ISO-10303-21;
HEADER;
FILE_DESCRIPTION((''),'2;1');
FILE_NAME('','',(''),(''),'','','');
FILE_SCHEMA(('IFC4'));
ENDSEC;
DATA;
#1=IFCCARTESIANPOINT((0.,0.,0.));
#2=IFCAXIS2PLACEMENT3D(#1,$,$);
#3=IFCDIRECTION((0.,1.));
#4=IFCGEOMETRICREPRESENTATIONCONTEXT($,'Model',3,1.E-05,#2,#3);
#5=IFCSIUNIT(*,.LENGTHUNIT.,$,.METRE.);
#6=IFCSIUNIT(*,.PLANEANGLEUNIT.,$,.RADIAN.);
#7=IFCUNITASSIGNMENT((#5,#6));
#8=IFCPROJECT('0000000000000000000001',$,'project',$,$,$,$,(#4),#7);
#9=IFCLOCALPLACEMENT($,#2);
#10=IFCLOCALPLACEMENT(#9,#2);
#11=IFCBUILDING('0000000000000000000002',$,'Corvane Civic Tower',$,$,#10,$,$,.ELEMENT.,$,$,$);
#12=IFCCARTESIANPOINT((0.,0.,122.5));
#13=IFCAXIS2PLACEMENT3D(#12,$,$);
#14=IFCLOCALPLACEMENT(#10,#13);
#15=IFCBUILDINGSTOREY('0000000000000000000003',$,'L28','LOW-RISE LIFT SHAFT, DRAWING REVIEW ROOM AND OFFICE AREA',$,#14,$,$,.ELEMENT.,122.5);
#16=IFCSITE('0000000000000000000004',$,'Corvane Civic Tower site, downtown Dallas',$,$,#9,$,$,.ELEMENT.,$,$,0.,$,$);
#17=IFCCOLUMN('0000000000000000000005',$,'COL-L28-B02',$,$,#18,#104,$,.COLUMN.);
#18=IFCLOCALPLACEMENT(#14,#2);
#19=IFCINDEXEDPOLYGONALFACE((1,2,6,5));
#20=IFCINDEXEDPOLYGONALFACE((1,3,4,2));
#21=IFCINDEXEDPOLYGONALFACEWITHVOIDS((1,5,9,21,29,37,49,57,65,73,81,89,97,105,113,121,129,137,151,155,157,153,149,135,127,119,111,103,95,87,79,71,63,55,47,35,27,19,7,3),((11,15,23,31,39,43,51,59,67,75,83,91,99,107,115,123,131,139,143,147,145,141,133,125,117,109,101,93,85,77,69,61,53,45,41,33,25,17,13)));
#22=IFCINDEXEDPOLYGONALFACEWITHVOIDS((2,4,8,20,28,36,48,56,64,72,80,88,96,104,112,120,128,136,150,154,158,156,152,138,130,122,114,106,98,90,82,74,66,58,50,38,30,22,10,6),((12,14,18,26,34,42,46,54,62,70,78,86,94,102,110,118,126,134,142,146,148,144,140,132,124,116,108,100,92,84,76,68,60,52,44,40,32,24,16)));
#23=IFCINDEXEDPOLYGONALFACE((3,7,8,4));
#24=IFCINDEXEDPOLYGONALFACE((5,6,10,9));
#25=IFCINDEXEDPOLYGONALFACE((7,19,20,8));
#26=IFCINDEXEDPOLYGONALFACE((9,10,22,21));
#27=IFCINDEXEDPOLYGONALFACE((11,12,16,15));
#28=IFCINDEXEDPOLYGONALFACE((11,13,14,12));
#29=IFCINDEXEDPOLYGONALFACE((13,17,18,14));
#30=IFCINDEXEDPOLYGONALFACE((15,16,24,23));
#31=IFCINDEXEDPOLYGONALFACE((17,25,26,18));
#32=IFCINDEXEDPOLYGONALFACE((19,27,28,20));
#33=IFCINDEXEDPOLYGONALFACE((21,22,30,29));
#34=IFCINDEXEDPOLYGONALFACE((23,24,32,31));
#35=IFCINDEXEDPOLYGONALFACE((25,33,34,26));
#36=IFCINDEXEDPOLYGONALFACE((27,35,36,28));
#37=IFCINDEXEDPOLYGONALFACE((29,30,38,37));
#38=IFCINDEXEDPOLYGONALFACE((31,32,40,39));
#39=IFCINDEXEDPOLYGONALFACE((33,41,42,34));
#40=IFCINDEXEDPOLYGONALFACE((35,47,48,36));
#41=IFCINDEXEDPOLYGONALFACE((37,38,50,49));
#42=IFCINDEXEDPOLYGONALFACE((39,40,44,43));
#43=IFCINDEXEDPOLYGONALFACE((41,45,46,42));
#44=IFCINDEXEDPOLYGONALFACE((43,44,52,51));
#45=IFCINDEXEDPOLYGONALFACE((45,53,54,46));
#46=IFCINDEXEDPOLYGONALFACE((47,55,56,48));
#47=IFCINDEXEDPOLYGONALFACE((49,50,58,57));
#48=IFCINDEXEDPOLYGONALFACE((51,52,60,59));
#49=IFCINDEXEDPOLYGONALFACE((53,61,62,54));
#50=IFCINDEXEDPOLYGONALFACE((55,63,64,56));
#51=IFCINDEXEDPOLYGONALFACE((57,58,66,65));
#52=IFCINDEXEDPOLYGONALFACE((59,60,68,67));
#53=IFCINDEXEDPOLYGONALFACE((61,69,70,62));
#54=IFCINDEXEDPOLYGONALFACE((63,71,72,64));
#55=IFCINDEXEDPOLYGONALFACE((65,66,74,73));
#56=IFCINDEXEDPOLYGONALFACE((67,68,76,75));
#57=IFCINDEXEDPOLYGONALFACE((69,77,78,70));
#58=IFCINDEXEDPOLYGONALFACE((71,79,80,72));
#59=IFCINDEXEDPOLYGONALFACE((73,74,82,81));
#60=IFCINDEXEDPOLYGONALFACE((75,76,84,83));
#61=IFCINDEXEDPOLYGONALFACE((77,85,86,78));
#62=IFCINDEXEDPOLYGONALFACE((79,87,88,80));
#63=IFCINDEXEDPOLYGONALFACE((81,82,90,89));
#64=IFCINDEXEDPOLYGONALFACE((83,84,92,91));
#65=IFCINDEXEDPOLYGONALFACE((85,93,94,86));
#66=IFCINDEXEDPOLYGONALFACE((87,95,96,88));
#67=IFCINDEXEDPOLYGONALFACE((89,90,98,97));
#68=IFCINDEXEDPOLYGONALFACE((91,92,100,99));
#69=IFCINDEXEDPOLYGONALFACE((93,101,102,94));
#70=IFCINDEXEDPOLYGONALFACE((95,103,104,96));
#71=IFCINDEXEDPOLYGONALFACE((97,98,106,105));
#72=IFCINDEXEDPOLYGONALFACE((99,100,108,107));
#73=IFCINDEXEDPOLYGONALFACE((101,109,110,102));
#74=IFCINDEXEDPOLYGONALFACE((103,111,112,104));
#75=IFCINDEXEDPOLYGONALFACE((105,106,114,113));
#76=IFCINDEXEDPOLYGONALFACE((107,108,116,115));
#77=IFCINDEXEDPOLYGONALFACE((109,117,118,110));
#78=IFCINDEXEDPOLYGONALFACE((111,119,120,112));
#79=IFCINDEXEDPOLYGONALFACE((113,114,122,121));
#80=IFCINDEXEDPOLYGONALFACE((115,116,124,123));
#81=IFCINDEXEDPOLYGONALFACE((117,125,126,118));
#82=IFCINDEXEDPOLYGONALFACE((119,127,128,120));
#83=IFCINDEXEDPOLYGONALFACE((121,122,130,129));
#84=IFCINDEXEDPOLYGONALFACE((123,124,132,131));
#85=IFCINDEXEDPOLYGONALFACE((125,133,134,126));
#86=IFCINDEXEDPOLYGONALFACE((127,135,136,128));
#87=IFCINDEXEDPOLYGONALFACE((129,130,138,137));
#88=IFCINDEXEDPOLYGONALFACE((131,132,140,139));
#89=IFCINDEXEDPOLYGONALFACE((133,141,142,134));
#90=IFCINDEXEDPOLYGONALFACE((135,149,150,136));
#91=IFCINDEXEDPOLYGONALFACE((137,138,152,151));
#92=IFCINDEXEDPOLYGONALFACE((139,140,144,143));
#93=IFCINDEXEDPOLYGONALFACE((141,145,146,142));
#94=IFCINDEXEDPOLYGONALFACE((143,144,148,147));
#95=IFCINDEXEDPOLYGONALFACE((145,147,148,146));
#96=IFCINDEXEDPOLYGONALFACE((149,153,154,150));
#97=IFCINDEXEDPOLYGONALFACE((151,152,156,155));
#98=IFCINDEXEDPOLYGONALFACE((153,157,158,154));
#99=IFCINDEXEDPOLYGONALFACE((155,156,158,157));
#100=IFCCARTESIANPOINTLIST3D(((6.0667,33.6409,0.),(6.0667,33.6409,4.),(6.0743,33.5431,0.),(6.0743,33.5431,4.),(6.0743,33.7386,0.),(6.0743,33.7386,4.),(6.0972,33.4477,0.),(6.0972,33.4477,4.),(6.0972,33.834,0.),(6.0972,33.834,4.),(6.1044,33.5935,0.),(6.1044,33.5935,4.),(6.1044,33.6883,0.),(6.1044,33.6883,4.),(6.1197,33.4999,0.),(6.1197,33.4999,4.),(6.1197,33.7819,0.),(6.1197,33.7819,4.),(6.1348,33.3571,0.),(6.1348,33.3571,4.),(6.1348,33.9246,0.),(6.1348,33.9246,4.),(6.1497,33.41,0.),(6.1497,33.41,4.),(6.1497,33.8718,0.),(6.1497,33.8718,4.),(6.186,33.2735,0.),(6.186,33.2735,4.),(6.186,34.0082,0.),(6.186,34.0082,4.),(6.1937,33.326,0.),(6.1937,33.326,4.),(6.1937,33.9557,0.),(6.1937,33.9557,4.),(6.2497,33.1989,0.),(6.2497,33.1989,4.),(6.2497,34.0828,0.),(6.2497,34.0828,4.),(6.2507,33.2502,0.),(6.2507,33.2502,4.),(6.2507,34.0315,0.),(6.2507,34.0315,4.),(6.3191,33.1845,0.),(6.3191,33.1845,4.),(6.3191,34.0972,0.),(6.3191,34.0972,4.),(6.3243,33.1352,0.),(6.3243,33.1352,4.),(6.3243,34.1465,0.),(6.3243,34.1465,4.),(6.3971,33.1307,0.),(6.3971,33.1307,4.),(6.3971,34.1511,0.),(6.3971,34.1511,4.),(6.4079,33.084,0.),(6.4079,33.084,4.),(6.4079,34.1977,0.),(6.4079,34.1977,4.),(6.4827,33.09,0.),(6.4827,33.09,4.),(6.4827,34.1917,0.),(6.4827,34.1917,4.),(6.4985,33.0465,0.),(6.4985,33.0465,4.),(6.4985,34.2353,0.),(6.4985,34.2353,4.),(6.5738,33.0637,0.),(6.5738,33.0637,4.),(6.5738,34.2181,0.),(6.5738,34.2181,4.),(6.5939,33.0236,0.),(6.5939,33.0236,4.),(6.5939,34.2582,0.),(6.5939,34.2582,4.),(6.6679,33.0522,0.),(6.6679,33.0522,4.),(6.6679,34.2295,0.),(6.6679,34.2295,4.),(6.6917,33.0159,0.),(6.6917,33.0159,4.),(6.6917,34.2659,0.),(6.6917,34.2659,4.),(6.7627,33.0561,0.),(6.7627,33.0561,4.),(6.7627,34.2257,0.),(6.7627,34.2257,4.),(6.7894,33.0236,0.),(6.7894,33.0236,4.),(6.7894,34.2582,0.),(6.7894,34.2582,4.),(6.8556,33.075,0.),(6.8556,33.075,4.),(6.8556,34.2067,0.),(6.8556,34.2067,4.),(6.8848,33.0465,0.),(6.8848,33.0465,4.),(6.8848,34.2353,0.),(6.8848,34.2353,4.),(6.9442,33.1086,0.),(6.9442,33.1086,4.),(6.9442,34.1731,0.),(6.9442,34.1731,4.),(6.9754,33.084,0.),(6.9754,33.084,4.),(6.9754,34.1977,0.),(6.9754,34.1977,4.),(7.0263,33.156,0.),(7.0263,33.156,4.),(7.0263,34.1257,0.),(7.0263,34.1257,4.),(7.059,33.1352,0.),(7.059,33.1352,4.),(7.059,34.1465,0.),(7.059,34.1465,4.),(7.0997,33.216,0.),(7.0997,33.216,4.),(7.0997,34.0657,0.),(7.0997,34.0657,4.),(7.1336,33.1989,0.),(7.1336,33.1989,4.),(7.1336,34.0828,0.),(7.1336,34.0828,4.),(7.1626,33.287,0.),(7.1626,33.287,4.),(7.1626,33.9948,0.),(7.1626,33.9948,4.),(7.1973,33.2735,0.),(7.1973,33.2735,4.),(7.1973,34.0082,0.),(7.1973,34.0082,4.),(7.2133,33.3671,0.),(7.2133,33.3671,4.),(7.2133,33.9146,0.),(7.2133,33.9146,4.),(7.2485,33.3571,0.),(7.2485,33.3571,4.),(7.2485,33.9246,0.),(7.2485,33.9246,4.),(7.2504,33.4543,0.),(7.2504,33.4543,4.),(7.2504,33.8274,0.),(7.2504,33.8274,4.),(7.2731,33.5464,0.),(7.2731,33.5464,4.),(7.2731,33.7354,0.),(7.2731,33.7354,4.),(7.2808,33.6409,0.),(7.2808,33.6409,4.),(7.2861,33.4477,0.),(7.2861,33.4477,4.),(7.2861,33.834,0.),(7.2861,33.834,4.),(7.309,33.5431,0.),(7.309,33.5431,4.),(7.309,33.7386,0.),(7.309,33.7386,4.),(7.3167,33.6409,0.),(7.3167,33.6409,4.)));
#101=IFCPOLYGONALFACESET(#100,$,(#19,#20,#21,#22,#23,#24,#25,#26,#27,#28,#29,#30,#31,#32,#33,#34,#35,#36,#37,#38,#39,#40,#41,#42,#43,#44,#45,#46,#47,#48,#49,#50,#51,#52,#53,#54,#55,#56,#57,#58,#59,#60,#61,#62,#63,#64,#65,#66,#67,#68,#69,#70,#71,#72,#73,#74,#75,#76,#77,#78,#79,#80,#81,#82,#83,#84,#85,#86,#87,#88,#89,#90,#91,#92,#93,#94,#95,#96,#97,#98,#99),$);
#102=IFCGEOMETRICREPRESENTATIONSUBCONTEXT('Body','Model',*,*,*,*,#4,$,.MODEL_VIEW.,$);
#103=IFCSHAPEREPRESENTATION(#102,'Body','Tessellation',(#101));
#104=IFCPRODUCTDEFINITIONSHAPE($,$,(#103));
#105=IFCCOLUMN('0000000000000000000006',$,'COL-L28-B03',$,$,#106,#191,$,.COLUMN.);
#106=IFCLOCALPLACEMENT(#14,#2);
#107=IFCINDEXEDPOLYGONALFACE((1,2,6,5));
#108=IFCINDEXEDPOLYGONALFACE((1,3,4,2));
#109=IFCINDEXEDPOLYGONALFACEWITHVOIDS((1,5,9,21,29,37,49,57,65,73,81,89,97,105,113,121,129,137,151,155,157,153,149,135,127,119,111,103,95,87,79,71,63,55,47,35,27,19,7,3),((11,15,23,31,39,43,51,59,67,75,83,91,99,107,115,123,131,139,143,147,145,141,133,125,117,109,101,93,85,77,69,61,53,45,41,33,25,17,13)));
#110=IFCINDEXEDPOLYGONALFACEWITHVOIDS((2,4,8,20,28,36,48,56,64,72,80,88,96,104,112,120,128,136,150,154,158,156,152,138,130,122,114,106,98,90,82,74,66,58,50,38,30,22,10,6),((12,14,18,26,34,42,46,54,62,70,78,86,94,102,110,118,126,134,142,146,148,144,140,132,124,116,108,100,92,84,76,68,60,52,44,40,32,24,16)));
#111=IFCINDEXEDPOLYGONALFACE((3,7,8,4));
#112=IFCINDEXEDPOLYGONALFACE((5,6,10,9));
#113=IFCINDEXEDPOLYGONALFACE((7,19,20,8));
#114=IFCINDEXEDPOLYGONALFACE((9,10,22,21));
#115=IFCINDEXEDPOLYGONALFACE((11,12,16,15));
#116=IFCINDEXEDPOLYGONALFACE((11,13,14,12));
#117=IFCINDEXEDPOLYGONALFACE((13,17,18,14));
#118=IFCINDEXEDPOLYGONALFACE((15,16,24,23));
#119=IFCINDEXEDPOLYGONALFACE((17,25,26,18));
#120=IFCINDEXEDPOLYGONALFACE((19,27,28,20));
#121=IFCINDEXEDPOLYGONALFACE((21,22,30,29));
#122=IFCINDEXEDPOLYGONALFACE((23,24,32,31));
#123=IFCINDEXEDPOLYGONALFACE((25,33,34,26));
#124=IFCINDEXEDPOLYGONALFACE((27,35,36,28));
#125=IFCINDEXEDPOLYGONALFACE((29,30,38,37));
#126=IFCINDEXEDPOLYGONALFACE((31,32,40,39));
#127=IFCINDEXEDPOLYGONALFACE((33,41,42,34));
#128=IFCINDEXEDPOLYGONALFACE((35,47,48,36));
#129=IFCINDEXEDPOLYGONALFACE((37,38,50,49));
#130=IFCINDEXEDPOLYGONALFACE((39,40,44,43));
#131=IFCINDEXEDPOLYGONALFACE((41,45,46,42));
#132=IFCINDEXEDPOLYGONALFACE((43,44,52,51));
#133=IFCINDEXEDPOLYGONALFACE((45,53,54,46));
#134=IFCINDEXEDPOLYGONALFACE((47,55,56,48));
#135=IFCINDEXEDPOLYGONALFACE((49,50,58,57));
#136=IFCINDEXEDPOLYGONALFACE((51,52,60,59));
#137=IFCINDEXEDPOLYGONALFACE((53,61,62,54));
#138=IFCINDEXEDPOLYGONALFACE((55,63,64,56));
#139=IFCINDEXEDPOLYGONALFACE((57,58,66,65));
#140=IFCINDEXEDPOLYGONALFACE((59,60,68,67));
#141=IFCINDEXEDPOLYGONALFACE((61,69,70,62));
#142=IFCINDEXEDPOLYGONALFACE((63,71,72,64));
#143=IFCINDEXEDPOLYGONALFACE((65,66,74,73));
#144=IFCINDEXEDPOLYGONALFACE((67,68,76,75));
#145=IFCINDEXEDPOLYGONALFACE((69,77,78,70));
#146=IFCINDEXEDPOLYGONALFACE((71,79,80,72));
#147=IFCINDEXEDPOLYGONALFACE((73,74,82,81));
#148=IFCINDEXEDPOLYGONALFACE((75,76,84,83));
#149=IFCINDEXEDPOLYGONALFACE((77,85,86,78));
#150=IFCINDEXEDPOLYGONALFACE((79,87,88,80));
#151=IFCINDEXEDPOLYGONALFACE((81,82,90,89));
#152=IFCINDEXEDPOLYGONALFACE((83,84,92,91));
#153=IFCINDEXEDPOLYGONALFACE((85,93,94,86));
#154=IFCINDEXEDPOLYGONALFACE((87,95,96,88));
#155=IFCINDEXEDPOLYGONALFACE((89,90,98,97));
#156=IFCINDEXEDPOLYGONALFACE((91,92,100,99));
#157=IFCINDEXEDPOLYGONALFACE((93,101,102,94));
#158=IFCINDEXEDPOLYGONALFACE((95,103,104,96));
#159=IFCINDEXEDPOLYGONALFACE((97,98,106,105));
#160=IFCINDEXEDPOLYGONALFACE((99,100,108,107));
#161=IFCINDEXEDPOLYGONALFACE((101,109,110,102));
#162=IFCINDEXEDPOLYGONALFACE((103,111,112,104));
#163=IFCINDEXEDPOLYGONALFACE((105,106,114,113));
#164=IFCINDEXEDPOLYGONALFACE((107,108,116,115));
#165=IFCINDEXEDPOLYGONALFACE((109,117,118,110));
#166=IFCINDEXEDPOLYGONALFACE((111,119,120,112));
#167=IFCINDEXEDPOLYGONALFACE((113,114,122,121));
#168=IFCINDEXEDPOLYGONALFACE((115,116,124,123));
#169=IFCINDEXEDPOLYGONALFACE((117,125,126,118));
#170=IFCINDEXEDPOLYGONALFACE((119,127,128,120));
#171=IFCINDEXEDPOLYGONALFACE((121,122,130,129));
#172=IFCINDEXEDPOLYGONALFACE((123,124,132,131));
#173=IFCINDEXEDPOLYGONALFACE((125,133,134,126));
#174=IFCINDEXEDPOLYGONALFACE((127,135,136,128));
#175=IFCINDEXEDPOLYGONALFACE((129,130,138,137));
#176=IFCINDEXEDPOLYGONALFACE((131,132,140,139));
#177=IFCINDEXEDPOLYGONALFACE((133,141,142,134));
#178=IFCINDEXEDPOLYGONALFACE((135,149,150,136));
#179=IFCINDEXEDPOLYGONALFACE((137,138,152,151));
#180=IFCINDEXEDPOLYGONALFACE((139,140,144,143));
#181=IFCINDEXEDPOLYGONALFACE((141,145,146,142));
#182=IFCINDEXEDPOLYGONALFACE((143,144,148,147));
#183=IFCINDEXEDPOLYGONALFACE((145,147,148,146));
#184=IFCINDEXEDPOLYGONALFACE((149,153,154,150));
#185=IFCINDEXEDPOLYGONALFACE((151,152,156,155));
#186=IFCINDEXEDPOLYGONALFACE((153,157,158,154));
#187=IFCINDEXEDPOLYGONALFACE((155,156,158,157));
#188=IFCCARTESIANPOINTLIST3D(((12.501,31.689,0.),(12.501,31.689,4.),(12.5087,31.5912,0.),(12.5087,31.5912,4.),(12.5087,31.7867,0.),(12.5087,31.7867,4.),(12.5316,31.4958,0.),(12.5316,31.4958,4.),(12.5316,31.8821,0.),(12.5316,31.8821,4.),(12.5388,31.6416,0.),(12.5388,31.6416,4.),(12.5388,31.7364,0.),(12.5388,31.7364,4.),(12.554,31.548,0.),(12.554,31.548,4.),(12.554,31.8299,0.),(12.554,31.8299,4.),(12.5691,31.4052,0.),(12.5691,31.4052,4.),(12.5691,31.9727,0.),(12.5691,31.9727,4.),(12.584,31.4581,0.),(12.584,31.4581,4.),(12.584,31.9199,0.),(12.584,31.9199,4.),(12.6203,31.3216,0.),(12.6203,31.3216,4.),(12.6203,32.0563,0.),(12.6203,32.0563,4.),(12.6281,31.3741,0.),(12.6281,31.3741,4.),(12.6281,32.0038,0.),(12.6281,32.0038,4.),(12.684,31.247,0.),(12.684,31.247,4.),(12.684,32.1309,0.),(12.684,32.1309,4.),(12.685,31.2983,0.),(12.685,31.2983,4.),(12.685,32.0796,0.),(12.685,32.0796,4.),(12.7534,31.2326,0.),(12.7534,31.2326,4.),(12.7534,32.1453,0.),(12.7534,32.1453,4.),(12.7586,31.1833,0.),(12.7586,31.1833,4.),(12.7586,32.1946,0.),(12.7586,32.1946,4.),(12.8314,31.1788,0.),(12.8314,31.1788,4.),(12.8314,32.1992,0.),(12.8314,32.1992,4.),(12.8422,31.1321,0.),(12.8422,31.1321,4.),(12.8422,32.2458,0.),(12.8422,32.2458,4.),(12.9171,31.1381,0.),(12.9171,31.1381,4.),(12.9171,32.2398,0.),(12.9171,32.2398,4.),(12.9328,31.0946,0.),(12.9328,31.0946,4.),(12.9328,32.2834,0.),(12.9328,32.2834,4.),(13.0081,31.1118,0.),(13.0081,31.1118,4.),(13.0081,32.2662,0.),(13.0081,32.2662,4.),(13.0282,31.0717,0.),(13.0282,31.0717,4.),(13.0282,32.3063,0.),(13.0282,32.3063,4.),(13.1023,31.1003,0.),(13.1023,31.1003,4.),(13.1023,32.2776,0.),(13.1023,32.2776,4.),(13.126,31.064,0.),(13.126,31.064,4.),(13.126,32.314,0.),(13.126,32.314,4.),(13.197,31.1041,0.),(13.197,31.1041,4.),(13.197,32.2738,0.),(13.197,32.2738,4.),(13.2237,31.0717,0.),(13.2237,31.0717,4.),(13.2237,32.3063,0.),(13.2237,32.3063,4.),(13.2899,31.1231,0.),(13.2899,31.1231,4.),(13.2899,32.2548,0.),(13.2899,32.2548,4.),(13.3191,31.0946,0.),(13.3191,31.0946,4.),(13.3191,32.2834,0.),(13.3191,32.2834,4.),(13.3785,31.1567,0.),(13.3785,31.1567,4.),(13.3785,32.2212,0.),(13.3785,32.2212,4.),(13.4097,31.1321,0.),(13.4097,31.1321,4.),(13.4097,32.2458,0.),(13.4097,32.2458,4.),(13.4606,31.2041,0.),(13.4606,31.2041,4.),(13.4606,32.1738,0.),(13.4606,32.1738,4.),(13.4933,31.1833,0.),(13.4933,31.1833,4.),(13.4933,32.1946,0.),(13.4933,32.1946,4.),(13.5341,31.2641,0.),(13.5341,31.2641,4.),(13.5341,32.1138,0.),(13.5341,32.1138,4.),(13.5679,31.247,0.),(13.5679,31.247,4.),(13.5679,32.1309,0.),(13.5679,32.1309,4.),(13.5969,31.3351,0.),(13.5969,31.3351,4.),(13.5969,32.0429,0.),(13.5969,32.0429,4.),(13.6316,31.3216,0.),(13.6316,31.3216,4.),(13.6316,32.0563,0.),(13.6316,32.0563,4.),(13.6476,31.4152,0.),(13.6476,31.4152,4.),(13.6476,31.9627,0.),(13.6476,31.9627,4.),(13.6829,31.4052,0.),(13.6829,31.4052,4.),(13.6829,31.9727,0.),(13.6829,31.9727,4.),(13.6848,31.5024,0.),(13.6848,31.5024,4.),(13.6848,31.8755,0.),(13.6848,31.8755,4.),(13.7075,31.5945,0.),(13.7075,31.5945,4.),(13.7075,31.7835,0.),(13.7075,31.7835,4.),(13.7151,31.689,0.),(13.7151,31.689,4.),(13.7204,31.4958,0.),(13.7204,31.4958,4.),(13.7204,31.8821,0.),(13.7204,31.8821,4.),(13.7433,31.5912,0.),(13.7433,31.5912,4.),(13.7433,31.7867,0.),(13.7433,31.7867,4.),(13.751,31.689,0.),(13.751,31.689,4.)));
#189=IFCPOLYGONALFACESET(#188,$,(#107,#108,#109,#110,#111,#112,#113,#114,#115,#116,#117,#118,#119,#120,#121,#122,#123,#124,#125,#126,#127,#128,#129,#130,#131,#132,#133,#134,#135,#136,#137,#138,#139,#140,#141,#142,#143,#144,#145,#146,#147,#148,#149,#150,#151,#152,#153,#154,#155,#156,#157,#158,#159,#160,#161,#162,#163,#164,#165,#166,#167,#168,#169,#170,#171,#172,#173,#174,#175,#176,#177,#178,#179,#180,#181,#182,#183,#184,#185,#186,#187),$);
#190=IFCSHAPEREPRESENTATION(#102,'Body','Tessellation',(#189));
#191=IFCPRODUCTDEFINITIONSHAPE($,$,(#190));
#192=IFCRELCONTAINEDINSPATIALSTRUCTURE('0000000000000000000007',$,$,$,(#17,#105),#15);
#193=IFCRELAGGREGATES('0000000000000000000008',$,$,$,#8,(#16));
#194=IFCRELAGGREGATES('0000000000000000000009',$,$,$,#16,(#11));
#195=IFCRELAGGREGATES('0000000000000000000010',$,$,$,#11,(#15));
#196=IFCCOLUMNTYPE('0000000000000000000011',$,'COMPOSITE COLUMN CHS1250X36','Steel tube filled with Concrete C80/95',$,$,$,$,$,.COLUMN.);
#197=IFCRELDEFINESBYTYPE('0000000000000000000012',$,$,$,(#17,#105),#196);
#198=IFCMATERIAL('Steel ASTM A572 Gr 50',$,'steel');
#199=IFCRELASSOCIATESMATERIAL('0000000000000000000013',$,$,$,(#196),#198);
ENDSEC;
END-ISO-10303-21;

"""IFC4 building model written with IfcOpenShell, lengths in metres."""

from ifc_helpers import new_model, si_unit, direction, frame, origin, origin_2d, place, context, subcontext, project, spatial, hollow_circle, extrude, material, material_profile, profile_set, type_object, element, save


model = new_model("IFC4")

# Units and contexts
model_context = context("Model", 3, precision=1e-05, world=origin(), true_north=direction((0.0, 1.0)))
body_context = subcontext(model_context, "Body", "Model", "MODEL_VIEW")
ifc_project = project(units=[si_unit("LENGTHUNIT", "METRE"), si_unit("PLANEANGLEUNIT", "RADIAN")], contexts=[model_context])

# Site, building, storey
site_placement = place(None, origin())
site = spatial("IfcSite", under=ifc_project, at=site_placement, Name="Corvane Civic Tower site, downtown Dallas", CompositionType="ELEMENT", RefElevation=0.0)
building_placement = place(site_placement, origin())
building = spatial("IfcBuilding", under=site, at=building_placement, Name="Corvane Civic Tower", CompositionType="ELEMENT")
storey_placement = place(building_placement, frame((0.0, 0.0, 122.5)))
storey = spatial("IfcBuildingStorey", under=building, at=storey_placement, Name="L28", Description="LOW-RISE LIFT SHAFT, DRAWING REVIEW ROOM AND OFFICE AREA", CompositionType="ELEMENT", Elevation=122.5)

# Columns
ifc_material_1 = material(Name="Steel ASTM A572 Gr 50", Category="steel")
ifc_material_profile_1 = material_profile(ifc_material_1, hollow_circle(Radius=0.625, WallThickness=0.0359, at=origin_2d()), Name="CHS1250X36")
ifc_profile_set_1 = profile_set([ifc_material_profile_1], Name="Steel ASTM A572 Gr 50")
column_type = type_object("IfcColumnType", Name="COMPOSITE COLUMN CHS1250X36", Description="Steel tube filled with Concrete C80/95", PredefinedType="COLUMN", material=ifc_profile_set_1)
for number, where, z_axis, x_axis, name in (
    (1, (6.6917, 33.6409, 0.0), (0.0, 0.0, 1.0), (1.0, 0.0, 0.0), "COL-L28-B02"),
    (2, (13.126, 31.689, 0.0), (0.0, 0.0, 1.0), (1.0, 0.0, 0.0), "COL-L28-B03"),
):
    element("IfcColumn", number, at=place(storey_placement, frame(where, z_axis=z_axis, x_axis=x_axis)), inside=storey, type_object=column_type, Name=name, PredefinedType="COLUMN", context=body_context, shape_type="SweptSolid", body=[
        extrude(hollow_circle(Radius=0.625, WallThickness=0.0359, at=origin_2d()), origin(), (0.0, 0.0, 1.0), 4.0),
    ])

save(model, "model.ifc")
